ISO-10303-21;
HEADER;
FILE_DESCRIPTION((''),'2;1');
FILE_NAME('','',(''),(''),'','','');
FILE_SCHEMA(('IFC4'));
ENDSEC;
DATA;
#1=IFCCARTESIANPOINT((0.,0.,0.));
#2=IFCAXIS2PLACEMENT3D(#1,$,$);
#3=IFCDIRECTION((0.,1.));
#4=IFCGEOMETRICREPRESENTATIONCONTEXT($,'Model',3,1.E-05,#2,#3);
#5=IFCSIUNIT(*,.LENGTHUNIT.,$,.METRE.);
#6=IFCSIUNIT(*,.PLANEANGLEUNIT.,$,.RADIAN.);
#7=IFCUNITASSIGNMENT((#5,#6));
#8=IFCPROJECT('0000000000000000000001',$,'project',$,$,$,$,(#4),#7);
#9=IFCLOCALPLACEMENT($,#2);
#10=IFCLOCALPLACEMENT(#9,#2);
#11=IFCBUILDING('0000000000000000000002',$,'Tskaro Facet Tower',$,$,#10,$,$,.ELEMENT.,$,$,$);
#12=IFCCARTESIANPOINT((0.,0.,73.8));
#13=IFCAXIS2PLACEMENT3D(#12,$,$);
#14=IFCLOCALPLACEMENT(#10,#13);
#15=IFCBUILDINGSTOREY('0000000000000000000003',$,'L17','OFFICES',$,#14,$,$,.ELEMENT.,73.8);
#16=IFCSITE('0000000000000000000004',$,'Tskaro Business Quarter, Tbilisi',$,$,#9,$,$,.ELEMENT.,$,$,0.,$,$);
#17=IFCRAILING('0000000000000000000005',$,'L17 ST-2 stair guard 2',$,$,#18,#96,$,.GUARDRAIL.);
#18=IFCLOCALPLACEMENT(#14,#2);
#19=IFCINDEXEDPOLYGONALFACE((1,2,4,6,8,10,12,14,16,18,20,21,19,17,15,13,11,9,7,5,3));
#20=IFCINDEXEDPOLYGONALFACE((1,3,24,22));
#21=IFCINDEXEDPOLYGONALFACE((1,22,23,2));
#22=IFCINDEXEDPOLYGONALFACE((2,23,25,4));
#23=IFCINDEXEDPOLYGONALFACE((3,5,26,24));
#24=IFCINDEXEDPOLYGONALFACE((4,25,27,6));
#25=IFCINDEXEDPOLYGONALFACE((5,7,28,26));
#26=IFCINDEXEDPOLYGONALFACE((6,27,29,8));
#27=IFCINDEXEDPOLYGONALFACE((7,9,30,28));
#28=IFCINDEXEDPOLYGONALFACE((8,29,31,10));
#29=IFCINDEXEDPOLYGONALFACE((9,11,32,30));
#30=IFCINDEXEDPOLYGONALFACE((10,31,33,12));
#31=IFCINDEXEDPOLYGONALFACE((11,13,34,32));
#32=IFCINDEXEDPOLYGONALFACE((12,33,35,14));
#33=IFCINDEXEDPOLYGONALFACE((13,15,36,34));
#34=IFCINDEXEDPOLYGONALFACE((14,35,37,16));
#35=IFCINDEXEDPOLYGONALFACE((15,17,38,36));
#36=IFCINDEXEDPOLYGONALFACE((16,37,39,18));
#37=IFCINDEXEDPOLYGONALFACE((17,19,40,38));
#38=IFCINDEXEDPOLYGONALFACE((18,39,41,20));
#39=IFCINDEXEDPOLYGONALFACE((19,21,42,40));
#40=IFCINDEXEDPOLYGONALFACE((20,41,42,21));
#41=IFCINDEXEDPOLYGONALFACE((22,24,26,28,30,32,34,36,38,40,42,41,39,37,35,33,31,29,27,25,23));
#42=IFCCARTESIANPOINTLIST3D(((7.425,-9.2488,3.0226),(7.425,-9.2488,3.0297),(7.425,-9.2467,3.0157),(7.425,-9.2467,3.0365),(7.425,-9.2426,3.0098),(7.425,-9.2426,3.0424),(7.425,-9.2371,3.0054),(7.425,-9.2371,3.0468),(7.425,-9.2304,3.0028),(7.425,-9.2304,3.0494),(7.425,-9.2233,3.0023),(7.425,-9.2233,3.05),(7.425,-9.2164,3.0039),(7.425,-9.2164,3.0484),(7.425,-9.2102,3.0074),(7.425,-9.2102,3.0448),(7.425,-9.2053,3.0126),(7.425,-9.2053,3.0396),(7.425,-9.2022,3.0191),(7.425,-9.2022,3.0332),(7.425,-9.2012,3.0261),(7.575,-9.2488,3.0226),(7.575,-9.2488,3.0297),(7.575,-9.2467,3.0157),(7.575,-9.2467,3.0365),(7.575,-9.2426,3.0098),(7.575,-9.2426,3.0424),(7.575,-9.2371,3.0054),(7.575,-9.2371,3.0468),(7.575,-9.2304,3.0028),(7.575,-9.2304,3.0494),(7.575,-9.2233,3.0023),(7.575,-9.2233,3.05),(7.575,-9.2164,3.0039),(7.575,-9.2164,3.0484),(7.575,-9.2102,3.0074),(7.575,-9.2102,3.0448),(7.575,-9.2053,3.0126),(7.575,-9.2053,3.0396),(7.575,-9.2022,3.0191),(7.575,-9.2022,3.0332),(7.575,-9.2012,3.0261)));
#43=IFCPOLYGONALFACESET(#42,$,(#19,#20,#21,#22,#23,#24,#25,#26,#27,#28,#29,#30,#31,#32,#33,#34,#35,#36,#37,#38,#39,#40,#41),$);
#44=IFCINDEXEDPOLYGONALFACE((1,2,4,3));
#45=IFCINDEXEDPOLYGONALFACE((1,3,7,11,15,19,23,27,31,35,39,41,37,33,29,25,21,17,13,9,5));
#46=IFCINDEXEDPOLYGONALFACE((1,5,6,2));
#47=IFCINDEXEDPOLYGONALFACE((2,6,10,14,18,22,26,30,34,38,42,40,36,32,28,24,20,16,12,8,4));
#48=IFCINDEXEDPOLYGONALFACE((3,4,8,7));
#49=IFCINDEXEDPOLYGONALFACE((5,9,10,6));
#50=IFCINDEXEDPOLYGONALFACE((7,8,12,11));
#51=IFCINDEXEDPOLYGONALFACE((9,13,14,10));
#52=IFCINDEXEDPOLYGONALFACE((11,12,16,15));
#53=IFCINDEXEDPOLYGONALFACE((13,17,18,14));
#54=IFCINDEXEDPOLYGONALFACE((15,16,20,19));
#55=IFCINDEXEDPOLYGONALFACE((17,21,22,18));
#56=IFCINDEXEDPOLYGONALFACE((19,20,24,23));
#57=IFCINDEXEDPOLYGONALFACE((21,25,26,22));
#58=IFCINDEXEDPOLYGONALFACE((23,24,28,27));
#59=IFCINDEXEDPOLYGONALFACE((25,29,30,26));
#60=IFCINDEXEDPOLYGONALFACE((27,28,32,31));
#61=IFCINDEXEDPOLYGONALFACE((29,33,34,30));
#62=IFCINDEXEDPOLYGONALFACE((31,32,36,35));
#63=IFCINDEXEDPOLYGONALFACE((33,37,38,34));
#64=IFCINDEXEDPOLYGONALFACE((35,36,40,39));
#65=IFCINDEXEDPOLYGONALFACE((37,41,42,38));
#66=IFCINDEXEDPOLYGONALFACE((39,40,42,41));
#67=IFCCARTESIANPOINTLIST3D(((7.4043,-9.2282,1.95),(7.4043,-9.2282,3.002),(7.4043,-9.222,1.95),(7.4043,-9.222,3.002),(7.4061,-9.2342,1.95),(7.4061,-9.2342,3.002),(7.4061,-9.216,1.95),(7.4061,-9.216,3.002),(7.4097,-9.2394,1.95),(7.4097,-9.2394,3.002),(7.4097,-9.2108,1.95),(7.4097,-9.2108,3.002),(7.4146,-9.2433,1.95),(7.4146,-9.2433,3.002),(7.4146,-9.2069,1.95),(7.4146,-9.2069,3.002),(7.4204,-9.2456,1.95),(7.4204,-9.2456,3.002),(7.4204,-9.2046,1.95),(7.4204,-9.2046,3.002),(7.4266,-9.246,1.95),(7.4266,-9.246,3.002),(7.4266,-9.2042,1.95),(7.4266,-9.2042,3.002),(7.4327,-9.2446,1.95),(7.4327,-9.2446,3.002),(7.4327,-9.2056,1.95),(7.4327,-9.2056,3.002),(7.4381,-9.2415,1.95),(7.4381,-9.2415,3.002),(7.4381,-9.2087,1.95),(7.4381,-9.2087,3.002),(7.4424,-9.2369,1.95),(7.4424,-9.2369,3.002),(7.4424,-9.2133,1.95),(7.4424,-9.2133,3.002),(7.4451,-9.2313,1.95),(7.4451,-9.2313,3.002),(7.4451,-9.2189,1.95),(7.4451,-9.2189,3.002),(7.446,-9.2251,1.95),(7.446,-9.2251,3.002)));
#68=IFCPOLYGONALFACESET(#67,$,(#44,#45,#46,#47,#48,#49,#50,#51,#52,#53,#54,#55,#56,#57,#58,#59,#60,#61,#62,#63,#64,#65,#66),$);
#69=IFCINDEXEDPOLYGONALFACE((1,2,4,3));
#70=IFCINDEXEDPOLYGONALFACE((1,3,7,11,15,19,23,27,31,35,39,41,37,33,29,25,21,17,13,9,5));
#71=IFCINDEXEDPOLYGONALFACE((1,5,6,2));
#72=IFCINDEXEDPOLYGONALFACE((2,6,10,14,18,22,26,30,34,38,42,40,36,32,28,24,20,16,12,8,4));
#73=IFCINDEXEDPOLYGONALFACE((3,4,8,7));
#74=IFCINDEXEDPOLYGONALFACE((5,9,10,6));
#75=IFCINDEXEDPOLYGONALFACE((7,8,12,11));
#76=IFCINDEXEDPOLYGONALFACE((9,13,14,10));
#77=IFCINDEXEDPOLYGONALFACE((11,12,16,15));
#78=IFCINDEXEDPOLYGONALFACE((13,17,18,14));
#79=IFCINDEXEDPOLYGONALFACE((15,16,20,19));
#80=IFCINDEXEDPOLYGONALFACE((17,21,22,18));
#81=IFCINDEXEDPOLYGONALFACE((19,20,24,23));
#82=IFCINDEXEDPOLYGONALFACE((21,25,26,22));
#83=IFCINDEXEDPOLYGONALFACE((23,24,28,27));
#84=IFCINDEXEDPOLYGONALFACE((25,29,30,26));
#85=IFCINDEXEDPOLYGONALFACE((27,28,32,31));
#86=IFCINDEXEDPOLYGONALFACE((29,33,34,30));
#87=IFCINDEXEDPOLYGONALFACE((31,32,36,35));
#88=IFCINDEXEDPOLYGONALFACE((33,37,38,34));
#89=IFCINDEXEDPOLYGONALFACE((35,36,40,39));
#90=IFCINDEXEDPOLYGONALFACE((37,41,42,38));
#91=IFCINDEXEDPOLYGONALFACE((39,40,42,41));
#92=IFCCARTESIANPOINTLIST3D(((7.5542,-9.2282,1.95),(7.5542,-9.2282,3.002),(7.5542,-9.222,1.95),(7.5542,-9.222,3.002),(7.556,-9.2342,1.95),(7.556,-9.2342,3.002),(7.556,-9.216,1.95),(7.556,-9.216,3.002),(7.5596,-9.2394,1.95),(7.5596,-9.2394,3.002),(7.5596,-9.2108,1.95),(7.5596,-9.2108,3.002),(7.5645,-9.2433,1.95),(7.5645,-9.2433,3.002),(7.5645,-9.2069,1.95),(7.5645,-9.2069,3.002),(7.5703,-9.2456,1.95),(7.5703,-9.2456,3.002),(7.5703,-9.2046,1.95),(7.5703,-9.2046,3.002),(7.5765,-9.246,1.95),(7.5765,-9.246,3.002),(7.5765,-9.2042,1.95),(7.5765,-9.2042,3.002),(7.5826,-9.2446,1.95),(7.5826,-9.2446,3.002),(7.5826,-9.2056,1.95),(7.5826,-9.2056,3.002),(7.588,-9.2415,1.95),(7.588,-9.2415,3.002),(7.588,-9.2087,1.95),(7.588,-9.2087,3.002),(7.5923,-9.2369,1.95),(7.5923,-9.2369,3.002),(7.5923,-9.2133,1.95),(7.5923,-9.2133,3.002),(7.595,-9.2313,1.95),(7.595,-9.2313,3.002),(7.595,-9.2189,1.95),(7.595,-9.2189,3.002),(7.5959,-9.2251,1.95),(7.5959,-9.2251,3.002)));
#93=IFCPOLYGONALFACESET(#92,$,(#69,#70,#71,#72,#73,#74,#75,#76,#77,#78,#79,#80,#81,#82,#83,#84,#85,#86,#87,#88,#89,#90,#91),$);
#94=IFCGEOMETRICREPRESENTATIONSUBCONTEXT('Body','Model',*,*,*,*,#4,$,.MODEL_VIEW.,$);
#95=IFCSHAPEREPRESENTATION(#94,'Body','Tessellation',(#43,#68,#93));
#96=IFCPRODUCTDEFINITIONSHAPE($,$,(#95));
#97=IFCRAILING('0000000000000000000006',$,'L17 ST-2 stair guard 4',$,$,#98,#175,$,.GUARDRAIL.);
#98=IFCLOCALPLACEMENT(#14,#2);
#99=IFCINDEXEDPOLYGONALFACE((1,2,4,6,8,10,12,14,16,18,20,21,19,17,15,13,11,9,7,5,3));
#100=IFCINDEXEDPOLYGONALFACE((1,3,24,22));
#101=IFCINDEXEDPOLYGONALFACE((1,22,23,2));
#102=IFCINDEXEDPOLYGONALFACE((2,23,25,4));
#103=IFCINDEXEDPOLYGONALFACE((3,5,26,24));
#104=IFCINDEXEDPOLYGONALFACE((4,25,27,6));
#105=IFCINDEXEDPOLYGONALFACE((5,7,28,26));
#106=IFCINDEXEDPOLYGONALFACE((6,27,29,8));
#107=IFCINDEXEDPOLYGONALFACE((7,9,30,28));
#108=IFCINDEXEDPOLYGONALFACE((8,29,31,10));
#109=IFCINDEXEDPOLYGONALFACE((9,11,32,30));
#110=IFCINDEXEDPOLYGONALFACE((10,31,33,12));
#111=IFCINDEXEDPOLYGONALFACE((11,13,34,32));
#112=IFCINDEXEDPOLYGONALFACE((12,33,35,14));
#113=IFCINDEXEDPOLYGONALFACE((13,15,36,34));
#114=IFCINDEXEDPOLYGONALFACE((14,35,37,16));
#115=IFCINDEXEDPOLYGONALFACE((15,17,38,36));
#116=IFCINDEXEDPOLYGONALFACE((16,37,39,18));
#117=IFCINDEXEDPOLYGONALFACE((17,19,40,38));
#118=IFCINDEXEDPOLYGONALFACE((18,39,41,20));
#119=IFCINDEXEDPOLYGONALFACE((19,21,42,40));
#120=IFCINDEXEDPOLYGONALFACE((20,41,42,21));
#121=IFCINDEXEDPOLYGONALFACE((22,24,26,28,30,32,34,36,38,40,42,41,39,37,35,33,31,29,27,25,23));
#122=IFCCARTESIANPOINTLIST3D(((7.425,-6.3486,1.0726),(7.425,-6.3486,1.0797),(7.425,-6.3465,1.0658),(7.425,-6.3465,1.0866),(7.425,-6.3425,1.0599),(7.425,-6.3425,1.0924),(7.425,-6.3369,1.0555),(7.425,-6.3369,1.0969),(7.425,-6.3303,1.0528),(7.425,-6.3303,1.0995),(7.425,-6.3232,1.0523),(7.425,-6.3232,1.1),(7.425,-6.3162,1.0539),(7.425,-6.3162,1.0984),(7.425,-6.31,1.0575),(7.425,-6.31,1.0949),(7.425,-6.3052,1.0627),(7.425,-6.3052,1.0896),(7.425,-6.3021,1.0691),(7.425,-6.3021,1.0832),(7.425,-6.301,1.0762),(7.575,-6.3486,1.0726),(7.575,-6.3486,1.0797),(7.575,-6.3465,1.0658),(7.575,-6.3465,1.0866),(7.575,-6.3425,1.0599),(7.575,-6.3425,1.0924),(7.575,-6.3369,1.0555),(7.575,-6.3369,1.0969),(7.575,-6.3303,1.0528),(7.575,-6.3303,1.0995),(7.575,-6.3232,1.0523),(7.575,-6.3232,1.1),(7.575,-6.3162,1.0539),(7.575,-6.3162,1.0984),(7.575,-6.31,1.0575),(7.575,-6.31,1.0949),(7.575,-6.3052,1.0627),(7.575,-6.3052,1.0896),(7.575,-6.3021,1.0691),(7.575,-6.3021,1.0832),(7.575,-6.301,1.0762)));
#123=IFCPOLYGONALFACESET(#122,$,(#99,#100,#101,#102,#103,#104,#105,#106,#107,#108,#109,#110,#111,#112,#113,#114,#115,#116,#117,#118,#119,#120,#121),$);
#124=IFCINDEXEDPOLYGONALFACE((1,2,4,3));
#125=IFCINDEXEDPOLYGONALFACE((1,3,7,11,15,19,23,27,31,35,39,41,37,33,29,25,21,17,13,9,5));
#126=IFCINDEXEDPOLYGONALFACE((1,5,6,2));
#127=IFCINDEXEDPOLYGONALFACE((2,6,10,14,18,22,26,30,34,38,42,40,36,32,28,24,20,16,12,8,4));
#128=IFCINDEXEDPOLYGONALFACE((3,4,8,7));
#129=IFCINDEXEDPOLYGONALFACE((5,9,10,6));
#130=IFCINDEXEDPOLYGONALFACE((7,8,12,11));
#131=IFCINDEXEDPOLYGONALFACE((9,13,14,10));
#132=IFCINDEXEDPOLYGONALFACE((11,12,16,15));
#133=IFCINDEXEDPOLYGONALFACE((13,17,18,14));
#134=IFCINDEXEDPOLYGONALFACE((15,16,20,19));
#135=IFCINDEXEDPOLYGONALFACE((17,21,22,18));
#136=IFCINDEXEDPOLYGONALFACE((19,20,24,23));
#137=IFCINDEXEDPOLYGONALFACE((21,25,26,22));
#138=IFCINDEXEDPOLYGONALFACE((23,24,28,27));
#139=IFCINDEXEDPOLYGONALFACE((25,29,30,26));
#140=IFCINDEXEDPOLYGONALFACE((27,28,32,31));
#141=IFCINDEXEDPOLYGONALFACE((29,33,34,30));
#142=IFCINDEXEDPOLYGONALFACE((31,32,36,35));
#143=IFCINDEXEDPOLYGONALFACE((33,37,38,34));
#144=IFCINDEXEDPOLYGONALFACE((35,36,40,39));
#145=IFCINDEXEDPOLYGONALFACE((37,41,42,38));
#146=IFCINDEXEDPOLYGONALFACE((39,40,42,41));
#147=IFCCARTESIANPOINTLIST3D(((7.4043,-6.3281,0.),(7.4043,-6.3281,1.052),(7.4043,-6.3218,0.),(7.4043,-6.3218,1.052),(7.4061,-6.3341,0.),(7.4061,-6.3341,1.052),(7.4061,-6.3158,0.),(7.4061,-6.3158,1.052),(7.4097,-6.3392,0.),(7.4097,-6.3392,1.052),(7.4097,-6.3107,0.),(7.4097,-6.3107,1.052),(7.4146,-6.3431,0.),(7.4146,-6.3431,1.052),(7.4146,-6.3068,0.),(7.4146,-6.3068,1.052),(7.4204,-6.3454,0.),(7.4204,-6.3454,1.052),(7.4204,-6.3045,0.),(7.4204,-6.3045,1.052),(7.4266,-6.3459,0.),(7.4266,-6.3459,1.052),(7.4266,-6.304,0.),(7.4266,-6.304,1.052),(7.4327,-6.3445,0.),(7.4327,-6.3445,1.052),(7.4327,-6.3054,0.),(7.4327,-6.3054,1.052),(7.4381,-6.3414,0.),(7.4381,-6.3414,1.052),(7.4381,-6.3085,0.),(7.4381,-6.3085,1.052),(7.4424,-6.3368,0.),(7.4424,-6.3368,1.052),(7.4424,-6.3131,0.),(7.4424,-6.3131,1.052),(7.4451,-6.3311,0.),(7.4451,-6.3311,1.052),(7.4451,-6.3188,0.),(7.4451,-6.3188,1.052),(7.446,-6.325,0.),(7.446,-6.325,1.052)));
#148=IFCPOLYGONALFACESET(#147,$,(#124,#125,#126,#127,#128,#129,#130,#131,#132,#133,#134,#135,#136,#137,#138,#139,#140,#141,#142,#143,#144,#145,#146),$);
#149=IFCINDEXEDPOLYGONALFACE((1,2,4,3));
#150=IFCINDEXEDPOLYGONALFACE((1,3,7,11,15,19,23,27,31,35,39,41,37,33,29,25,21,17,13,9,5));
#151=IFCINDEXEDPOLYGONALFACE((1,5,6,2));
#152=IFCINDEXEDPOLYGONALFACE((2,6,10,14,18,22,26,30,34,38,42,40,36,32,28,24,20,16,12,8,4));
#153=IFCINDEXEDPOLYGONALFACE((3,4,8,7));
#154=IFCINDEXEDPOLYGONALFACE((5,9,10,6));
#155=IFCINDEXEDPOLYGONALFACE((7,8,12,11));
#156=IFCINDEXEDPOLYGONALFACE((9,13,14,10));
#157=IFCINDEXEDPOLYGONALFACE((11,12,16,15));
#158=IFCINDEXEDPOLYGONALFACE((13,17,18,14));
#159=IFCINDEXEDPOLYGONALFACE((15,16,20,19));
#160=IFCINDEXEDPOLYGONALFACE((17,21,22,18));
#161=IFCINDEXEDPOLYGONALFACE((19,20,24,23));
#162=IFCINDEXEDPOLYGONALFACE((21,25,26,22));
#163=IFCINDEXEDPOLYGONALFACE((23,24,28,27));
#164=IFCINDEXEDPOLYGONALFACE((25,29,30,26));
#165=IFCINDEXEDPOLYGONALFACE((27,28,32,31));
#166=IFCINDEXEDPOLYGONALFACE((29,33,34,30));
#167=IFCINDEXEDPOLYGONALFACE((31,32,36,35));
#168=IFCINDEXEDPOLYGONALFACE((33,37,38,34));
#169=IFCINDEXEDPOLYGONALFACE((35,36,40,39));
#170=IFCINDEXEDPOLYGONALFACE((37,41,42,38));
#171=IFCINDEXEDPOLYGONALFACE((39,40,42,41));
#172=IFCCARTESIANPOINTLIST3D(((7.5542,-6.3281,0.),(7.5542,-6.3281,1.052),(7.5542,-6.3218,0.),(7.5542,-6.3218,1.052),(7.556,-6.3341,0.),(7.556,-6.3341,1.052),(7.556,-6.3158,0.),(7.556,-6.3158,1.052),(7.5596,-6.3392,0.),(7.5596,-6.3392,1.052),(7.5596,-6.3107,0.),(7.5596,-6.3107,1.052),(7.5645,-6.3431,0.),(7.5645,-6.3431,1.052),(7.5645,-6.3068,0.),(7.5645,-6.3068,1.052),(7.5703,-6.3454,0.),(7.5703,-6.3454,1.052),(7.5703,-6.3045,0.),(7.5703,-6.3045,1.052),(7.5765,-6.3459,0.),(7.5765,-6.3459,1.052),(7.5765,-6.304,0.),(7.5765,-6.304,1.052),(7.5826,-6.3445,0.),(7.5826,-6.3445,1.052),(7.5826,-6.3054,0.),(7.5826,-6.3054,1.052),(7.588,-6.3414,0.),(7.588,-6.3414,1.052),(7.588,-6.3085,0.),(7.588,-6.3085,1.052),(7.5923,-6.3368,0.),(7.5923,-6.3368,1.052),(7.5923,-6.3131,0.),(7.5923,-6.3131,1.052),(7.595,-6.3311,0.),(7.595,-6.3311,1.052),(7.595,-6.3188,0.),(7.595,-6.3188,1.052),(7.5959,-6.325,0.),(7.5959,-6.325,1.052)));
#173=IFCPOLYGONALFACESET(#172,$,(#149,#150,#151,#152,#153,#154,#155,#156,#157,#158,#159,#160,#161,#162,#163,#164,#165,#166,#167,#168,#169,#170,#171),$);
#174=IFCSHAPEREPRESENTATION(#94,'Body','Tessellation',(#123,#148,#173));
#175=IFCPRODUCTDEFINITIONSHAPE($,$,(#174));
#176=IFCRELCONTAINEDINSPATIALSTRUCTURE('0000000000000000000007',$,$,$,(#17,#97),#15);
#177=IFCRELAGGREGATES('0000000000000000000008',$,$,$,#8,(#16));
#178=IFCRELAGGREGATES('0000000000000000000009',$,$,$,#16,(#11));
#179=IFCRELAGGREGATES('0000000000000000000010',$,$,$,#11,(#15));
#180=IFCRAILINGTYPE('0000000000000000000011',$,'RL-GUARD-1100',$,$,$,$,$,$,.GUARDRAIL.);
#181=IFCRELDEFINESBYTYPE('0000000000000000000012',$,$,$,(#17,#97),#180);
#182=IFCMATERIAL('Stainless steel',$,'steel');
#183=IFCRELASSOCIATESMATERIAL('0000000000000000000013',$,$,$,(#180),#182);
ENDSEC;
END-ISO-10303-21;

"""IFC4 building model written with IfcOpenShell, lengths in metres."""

from ifc_helpers import new_model, si_unit, direction, frame, origin, origin_2d, place, context, subcontext, project, spatial, circle, extrude, material, type_object, element, save


model = new_model("IFC4")

# Units and contexts
model_context = context("Model", 3, precision=1e-05, world=origin(), true_north=direction((0.0, 1.0)))
body_context = subcontext(model_context, "Body", "Model", "MODEL_VIEW")
ifc_project = project(units=[si_unit("LENGTHUNIT", "METRE"), si_unit("PLANEANGLEUNIT", "RADIAN")], contexts=[model_context])

# Site, building, storey
site_placement = place(None, origin())
site = spatial("IfcSite", under=ifc_project, at=site_placement, Name="Tskaro Business Quarter, Tbilisi", CompositionType="ELEMENT", RefElevation=0.0)
building_placement = place(site_placement, origin())
building = spatial("IfcBuilding", under=site, at=building_placement, Name="Tskaro Facet Tower", CompositionType="ELEMENT")
storey_placement = place(building_placement, frame((0.0, 0.0, 73.8)))
storey = spatial("IfcBuildingStorey", under=building, at=storey_placement, Name="L17", Description="OFFICES", CompositionType="ELEMENT", Elevation=73.8)

# Railings
ifc_material_1 = material(Name="Stainless steel", Category="steel")
railing_type_1 = type_object("IfcRailingType", Name="RL-GUARD-1100", PredefinedType="GUARDRAIL", material=ifc_material_1)
for number, where, name in (
    (1, (7.425, -9.2251, 1.95), "L17 ST-2 stair guard 2"),
    (2, (7.425, -6.325, 0.0), "L17 ST-2 stair guard 4"),
):
    element("IfcRailing", number, at=place(storey_placement, frame(where)), inside=storey, type_object=railing_type_1, Name=name, PredefinedType="GUARDRAIL", context=body_context, shape_type="SweptSolid", body=[
        extrude(circle(Radius=0.0239, at=origin_2d()), frame((0.0, 0.0, 1.0762), z_axis=(1.0, 0.0, 0.0), x_axis=(0.0, 1.0, 0.0)), (0.0, 0.0, 1.0), 0.1499),
        extrude(circle(Radius=0.021, at=origin_2d()), origin(), (0.0, 0.0, 1.0), 1.052),
        extrude(circle(Radius=0.021, at=origin_2d()), frame((0.1499, 0.0, 0.0)), (0.0, 0.0, 1.0), 1.052),
    ])

save(model, "model.ifc")
